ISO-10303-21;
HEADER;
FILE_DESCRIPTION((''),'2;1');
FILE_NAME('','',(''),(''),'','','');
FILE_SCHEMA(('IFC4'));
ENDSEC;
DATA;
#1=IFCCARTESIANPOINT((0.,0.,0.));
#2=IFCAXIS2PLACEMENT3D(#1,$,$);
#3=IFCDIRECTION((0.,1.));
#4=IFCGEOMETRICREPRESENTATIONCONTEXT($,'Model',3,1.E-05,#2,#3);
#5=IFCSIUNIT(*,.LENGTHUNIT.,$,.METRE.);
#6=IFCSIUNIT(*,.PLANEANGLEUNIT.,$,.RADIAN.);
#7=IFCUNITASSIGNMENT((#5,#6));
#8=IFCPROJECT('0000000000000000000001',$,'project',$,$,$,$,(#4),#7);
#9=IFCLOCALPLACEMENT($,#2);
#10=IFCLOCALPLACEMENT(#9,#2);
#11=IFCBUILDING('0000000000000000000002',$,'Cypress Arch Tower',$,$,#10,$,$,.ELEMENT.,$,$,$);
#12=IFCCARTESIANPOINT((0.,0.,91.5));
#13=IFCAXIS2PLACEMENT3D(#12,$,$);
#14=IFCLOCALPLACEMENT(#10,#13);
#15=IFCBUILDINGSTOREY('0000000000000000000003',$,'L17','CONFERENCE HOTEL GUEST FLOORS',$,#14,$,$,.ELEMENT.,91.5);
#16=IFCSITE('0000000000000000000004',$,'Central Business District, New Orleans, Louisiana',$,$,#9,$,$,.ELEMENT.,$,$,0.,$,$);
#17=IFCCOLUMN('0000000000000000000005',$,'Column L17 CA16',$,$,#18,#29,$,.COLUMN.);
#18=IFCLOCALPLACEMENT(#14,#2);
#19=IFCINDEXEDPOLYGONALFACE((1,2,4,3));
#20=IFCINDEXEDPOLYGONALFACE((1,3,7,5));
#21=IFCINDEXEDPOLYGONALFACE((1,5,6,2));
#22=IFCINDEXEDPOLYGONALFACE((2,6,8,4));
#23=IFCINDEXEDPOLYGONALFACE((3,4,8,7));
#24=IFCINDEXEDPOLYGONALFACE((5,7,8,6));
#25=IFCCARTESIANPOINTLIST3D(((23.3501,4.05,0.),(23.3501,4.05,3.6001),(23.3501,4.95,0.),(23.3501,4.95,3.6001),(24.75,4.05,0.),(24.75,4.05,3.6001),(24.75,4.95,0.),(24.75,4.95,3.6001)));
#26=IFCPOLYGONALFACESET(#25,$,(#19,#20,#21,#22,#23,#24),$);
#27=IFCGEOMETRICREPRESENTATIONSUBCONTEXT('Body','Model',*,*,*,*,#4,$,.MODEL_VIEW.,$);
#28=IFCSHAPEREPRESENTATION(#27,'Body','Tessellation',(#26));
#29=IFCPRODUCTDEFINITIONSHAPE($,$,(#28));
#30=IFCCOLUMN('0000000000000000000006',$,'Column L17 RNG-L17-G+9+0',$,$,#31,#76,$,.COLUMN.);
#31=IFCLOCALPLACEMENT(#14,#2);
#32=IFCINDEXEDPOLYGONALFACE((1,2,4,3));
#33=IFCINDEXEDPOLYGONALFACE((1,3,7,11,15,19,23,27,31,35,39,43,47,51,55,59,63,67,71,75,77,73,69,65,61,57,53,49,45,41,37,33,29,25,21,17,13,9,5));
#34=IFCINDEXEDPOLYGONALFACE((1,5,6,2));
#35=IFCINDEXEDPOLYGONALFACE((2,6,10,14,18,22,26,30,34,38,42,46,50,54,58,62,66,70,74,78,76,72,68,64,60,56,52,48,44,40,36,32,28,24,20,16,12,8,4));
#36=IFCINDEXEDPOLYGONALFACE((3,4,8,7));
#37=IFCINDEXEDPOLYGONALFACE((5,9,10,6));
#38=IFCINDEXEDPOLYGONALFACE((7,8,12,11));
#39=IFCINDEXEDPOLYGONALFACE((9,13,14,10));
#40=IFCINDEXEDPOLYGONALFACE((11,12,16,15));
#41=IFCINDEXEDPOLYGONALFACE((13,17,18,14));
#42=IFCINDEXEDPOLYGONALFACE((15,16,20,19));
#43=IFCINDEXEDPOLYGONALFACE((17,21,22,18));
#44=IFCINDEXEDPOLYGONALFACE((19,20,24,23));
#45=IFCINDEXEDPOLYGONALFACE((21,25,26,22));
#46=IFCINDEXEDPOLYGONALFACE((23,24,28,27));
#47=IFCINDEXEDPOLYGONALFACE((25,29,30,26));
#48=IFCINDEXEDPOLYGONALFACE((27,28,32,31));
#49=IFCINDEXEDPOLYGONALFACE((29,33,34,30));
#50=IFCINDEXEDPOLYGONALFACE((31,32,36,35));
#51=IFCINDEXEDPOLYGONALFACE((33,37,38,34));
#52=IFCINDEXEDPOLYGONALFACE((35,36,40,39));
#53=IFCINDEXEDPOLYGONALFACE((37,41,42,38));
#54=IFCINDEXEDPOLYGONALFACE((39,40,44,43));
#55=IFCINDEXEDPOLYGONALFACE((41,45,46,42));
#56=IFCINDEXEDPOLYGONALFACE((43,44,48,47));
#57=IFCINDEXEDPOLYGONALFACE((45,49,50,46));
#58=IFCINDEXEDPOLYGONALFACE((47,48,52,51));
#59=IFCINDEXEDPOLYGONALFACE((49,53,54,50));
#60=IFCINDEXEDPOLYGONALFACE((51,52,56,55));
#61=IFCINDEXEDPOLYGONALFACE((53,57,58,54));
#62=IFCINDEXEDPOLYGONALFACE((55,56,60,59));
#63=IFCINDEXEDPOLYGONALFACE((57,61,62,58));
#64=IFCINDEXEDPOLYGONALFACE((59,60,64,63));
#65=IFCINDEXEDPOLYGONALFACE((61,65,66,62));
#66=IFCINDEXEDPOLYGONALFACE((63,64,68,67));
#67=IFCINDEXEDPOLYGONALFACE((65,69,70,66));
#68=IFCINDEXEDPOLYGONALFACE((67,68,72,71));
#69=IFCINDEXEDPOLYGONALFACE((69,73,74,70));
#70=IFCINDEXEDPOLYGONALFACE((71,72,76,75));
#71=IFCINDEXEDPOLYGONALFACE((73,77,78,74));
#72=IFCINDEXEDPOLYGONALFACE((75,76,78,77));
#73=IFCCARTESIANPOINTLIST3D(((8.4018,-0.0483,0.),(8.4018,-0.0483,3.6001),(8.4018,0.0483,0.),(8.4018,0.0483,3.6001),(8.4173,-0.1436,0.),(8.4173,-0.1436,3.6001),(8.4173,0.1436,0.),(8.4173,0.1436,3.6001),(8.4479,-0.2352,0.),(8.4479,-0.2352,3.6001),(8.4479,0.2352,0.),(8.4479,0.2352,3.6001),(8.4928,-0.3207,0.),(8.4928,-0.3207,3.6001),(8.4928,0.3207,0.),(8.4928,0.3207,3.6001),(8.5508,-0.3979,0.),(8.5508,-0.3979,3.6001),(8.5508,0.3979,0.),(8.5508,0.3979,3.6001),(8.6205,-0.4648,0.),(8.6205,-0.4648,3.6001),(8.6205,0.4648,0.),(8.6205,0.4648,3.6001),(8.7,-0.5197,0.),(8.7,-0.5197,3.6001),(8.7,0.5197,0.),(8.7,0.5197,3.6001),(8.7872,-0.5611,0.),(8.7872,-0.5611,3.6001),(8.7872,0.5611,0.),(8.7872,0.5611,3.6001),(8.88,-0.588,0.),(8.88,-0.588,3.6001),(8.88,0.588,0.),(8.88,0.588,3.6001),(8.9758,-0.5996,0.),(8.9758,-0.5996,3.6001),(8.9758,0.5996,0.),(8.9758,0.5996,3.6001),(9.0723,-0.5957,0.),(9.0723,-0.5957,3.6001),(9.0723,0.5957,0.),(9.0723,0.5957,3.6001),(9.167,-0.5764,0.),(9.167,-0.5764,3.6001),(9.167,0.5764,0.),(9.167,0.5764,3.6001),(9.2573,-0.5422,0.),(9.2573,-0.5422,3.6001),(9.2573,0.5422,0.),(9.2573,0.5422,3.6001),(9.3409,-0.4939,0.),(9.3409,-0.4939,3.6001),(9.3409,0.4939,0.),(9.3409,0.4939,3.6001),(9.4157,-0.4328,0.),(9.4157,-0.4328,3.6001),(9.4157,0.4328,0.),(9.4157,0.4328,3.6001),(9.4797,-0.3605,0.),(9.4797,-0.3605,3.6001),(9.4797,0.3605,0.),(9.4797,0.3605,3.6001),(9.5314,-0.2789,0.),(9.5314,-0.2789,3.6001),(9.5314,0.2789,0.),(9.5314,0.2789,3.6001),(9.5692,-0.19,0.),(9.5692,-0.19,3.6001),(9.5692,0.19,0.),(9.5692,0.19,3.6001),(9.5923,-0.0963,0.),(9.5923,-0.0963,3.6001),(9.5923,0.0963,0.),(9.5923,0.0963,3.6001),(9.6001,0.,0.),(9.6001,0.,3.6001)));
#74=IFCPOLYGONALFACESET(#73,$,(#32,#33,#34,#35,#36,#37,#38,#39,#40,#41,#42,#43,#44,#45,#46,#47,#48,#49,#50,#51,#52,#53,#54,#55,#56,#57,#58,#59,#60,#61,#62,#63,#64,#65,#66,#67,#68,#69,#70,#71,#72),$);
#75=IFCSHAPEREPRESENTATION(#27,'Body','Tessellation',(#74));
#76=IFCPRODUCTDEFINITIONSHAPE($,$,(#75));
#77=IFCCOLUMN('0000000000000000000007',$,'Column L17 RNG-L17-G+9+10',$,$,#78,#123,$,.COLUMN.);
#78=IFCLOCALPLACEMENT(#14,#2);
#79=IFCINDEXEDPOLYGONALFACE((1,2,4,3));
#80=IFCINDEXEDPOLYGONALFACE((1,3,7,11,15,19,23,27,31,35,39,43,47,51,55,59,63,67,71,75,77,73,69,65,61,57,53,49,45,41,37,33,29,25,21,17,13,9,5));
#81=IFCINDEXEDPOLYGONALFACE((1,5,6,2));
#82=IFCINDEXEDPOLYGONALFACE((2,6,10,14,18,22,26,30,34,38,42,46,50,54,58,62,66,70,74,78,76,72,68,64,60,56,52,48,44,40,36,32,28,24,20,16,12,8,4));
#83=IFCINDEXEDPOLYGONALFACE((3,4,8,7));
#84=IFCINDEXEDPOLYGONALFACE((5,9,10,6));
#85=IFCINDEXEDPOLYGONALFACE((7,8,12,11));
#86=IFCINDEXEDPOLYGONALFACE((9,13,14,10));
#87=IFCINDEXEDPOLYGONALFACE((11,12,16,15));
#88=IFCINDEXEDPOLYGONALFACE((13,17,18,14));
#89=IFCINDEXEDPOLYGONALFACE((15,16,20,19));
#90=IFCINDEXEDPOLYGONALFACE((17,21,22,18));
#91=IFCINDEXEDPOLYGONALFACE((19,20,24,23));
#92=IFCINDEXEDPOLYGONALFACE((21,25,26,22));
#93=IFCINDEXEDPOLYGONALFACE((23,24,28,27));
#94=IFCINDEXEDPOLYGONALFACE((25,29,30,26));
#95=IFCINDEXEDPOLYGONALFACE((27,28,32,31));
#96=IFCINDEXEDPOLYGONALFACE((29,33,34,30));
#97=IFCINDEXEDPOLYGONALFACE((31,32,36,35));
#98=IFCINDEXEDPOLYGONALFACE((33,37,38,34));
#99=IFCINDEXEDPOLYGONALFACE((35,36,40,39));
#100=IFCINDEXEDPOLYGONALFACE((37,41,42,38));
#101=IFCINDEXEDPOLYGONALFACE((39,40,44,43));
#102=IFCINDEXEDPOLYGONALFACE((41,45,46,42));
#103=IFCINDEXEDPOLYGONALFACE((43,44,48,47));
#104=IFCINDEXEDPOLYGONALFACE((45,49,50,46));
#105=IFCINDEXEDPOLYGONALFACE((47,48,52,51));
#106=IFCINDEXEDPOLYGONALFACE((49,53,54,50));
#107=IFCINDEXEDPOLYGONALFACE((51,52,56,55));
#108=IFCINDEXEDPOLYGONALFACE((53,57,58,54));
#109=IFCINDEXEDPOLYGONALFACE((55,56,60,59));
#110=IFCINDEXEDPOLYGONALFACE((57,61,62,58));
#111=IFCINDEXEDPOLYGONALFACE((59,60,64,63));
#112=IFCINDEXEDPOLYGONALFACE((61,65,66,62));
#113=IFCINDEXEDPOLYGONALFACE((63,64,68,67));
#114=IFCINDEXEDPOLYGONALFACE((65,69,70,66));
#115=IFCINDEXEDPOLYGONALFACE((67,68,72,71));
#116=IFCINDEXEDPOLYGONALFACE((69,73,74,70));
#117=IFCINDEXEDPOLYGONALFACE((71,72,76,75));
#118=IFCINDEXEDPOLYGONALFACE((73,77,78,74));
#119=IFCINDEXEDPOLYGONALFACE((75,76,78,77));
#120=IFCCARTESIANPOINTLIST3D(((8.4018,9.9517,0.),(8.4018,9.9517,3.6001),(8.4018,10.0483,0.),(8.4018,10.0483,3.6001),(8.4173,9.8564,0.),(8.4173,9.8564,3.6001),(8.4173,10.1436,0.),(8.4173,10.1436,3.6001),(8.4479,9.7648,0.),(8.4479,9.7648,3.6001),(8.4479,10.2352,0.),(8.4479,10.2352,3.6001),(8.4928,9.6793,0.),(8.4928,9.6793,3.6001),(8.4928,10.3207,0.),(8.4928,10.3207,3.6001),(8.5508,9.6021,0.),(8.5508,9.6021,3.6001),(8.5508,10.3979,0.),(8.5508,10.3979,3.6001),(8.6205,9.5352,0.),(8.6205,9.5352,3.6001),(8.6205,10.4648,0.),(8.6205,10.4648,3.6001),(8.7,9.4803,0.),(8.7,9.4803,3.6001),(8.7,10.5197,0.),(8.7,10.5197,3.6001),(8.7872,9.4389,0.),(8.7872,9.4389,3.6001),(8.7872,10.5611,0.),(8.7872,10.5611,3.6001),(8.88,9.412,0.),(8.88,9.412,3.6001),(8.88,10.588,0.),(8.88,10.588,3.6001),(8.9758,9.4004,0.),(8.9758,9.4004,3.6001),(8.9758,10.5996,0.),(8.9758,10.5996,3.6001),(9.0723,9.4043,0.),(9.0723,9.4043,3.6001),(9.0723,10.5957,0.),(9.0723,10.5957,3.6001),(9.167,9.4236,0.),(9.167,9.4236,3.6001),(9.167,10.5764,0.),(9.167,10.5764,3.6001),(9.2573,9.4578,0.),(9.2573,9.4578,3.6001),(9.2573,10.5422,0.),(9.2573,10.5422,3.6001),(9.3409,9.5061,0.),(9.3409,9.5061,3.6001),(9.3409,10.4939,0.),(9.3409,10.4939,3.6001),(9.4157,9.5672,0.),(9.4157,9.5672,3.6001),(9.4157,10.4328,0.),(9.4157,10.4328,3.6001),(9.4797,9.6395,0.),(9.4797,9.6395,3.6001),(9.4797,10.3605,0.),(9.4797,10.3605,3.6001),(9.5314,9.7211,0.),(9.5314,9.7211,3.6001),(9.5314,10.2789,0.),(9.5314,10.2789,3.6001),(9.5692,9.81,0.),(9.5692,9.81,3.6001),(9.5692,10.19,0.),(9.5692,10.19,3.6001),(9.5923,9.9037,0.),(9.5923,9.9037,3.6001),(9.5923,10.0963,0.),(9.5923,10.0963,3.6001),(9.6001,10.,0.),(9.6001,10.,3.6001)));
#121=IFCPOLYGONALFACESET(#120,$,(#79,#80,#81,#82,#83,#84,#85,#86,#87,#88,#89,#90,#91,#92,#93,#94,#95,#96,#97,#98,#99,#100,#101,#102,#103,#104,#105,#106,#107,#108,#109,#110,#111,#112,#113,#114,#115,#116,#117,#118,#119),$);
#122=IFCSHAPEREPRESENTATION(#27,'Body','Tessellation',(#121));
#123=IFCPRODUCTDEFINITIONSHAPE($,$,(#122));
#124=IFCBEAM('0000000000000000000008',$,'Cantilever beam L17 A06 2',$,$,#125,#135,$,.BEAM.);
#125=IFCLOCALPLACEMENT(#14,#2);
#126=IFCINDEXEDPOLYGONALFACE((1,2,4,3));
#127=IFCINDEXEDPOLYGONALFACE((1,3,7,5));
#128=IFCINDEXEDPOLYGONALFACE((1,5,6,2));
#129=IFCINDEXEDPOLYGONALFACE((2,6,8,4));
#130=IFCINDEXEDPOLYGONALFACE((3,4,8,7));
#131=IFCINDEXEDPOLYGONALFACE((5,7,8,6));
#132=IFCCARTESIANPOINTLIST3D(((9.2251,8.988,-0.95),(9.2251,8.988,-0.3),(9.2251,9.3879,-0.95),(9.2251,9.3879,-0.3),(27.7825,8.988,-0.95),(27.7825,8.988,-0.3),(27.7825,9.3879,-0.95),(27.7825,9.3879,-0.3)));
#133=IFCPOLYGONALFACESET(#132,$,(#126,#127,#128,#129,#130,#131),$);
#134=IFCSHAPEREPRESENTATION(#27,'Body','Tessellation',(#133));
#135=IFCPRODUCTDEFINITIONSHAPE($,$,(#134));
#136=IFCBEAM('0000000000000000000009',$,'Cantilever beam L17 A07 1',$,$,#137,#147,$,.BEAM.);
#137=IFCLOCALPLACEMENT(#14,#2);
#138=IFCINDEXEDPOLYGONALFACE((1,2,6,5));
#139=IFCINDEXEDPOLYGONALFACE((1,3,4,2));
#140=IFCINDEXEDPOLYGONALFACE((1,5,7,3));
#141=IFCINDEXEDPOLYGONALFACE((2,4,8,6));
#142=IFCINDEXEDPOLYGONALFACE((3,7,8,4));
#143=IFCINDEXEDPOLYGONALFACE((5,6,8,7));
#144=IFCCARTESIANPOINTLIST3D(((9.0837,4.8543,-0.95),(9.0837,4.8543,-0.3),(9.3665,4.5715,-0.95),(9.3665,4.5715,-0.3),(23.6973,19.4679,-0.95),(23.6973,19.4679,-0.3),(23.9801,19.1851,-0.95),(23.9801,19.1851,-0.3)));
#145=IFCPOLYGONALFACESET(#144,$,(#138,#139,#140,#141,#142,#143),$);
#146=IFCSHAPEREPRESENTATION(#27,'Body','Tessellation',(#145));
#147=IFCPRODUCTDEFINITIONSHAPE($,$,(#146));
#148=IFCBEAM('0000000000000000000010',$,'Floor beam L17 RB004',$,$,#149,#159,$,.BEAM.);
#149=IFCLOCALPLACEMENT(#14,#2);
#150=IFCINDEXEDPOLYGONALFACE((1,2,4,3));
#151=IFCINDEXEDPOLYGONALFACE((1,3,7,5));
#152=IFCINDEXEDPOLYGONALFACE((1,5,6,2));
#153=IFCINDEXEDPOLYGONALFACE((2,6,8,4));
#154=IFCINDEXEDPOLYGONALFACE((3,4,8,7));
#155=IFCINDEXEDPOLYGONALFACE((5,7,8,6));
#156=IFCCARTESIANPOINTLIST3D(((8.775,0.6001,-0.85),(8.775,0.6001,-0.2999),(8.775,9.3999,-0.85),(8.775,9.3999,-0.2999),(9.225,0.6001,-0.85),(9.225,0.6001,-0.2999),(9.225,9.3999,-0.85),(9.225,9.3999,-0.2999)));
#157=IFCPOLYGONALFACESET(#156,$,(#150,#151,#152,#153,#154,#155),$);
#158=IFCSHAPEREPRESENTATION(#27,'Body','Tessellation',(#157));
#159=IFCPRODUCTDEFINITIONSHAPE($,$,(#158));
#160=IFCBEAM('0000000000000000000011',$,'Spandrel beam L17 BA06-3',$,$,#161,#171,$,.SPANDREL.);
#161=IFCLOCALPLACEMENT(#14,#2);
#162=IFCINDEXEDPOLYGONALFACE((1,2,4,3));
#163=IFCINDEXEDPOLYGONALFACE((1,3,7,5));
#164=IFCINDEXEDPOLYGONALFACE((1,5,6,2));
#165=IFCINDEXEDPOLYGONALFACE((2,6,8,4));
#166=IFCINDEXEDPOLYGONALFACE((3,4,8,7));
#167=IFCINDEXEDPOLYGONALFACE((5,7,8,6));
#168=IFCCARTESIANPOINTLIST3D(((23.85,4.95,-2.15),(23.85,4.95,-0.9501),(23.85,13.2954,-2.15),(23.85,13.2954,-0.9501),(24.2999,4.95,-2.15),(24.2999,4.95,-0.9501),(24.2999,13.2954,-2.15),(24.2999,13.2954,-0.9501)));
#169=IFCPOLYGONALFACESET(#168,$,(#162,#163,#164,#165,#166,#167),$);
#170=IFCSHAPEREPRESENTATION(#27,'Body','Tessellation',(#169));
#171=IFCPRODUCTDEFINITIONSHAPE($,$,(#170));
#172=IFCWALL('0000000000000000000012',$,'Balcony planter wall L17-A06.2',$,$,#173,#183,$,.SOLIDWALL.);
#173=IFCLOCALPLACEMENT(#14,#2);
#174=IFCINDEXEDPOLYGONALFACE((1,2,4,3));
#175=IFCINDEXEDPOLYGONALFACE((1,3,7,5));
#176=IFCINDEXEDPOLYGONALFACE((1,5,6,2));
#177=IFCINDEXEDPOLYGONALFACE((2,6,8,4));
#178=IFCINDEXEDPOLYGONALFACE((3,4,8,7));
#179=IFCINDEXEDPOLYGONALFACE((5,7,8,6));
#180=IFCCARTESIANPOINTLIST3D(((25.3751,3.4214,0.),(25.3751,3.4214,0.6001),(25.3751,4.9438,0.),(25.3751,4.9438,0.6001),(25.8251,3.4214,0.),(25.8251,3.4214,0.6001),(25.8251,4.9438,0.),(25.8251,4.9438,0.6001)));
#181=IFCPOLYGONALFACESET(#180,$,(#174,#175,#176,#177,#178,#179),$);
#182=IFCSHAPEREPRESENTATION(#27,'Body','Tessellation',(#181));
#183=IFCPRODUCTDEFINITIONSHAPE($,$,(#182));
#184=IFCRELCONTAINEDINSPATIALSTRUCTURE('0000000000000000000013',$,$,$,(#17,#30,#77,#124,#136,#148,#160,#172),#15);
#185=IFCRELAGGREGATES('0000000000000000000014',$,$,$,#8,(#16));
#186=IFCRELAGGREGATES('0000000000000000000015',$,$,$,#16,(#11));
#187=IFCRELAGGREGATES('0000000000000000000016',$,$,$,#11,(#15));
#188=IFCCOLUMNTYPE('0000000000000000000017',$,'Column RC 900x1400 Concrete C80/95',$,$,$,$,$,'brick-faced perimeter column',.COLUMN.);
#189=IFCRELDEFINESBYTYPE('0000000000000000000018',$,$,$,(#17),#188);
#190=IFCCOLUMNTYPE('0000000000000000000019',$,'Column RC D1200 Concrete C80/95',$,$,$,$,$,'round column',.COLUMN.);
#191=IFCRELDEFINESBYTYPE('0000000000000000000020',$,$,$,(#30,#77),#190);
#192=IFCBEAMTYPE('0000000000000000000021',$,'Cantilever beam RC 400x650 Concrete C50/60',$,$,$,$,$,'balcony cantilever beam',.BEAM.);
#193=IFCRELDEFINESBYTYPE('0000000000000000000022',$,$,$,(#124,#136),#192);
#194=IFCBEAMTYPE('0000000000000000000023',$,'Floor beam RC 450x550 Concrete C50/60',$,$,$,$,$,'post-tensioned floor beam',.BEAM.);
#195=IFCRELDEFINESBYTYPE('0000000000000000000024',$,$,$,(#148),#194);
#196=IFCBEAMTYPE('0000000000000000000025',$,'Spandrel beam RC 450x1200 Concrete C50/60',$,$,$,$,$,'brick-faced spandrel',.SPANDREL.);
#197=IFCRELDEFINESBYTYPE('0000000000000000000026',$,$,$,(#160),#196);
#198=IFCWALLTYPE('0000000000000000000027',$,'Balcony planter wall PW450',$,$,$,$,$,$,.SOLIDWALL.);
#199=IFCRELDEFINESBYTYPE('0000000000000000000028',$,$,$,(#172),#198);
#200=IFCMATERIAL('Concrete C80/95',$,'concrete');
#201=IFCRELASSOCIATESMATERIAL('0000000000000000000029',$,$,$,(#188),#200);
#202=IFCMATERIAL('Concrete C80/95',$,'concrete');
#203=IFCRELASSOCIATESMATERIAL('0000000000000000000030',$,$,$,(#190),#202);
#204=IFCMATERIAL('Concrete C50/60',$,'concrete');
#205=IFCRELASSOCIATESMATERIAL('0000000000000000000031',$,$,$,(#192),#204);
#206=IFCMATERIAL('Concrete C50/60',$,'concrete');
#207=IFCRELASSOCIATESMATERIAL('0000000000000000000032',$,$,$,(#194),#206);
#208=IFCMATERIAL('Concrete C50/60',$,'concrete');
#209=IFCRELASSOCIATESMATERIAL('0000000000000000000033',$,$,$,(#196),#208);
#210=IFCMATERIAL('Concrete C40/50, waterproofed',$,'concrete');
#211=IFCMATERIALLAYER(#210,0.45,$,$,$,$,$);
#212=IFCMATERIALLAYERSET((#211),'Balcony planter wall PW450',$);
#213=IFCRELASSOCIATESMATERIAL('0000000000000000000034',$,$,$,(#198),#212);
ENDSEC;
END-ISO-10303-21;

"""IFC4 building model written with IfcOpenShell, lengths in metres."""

from ifc_helpers import new_model, si_unit, direction, frame, frame_2d, origin, origin_2d, place, context, subcontext, project, spatial, rectangle, circle, extrude, material, layer, layer_set, material_profile, profile_set, type_object, element, save


model = new_model("IFC4")

# Units and contexts
model_context = context("Model", 3, precision=1e-05, world=origin(), true_north=direction((0.0, 1.0)))
body_context = subcontext(model_context, "Body", "Model", "MODEL_VIEW")
ifc_project = project(units=[si_unit("LENGTHUNIT", "METRE"), si_unit("PLANEANGLEUNIT", "RADIAN")], contexts=[model_context])

# Site, building, storey
site_placement = place(None, origin())
site = spatial("IfcSite", under=ifc_project, at=site_placement, Name="Central Business District, New Orleans, Louisiana", CompositionType="ELEMENT", RefElevation=0.0)
building_placement = place(site_placement, origin())
building = spatial("IfcBuilding", under=site, at=building_placement, Name="Cypress Arch Tower", CompositionType="ELEMENT")
storey_placement = place(building_placement, frame((0.0, 0.0, 91.5)))
storey = spatial("IfcBuildingStorey", under=building, at=storey_placement, Name="L17", Description="CONFERENCE HOTEL GUEST FLOORS", CompositionType="ELEMENT", Elevation=91.5)

# Columns
ifc_material_1 = material(Name="Concrete C80/95", Category="concrete")
ifc_material_profile_1 = material_profile(ifc_material_1, rectangle(XDim=0.8999, YDim=1.3999, at=origin_2d()), Name="RC 900x1400")
ifc_profile_set_1 = profile_set([ifc_material_profile_1], Name="Concrete C80/95")
column_type_1 = type_object("IfcColumnType", Name="Column RC 900x1400 Concrete C80/95", ElementType="brick-faced perimeter column", PredefinedType="COLUMN", material=ifc_profile_set_1)
column_placement = place(storey_placement, frame((24.05, 4.5, 0.0), z_axis=(0.0, 0.0, 1.0), x_axis=(0.0, 1.0, 0.0)))
element("IfcColumn", 1, at=column_placement, inside=storey, type_object=column_type_1, Name="Column L17 CA16", PredefinedType="COLUMN", context=body_context, shape_type="SweptSolid", body=[
    extrude(rectangle(XDim=0.8999, YDim=1.3999, at=origin_2d()), origin(), (0.0, 0.0, 1.0), 3.6001),
])
ifc_material_2 = material(Name="Concrete C80/95", Category="concrete")
ifc_material_profile_2 = material_profile(ifc_material_2, circle(Radius=0.6001, at=origin_2d()), Name="RC D1200")
ifc_profile_set_2 = profile_set([ifc_material_profile_2], Name="Concrete C80/95")
column_type_2 = type_object("IfcColumnType", Name="Column RC D1200 Concrete C80/95", ElementType="round column", PredefinedType="COLUMN", material=ifc_profile_set_2)
for number, where, z_axis, x_axis, name in (
    (2, (9.0, 0.0, 0.0), (0.0, 0.0, 1.0), (1.0, 0.0, 0.0), "Column L17 RNG-L17-G+9+0"),
    (3, (9.0, 10.0, 0.0), (0.0, 0.0, 1.0), (1.0, 0.0, 0.0), "Column L17 RNG-L17-G+9+10"),
):
    element("IfcColumn", number, at=place(storey_placement, frame(where, z_axis=z_axis, x_axis=x_axis)), inside=storey, type_object=column_type_2, Name=name, PredefinedType="COLUMN", context=body_context, shape_type="SweptSolid", body=[
        extrude(circle(Radius=0.6001, at=origin_2d()), origin(), (0.0, 0.0, 1.0), 3.6001),
    ])

# Beams
ifc_material_3 = material(Name="Concrete C50/60", Category="concrete")
ifc_material_profile_3 = material_profile(ifc_material_3, rectangle(XDim=0.3999, YDim=0.6499, at=origin_2d()), Name="RC 400x650")
ifc_profile_set_3 = profile_set([ifc_material_profile_3], Name="Concrete C50/60")
beam_type_1 = type_object("IfcBeamType", Name="Cantilever beam RC 400x650 Concrete C50/60", ElementType="balcony cantilever beam", PredefinedType="BEAM", material=ifc_profile_set_3)
beam_1_placement = place(storey_placement, frame((9.2251, 9.188, -0.625), z_axis=(1.0, 0.0, 0.0), x_axis=(0.0, 1.0, 0.0)))
element("IfcBeam", 4, at=beam_1_placement, inside=storey, type_object=beam_type_1, Name="Cantilever beam L17 A06 2", PredefinedType="BEAM", context=body_context, shape_type="SweptSolid", body=[
    extrude(rectangle(XDim=0.3999, YDim=0.6499, at=origin_2d()), origin(), (0.0, 0.0, 1.0), 18.5574),
])
beam_2_placement = place(storey_placement, frame((9.2251, 4.7129, -0.625), z_axis=(0.707107, 0.707107, 0.0), x_axis=(-0.707107, 0.707107, 0.0)))
element("IfcBeam", 5, at=beam_2_placement, inside=storey, type_object=beam_type_1, Name="Cantilever beam L17 A07 1", PredefinedType="BEAM", context=body_context, shape_type="SweptSolid", body=[
    extrude(rectangle(XDim=0.3999, YDim=0.6499, at=origin_2d()), origin(), (0.0, 0.0, 1.0), 20.6667),
])
ifc_material_4 = material(Name="Concrete C50/60", Category="concrete")
ifc_material_profile_4 = material_profile(ifc_material_4, rectangle(XDim=0.45, YDim=0.55, at=origin_2d()), Name="RC 450x550")
ifc_profile_set_4 = profile_set([ifc_material_profile_4], Name="Concrete C50/60")
beam_type_2 = type_object("IfcBeamType", Name="Floor beam RC 450x550 Concrete C50/60", ElementType="post-tensioned floor beam", PredefinedType="BEAM", material=ifc_profile_set_4)
beam_3_placement = place(storey_placement, frame((9.0, 0.6001, -0.575), z_axis=(0.0, 1.0, 0.0), x_axis=(-1.0, 0.0, 0.0)))
element("IfcBeam", 6, at=beam_3_placement, inside=storey, type_object=beam_type_2, Name="Floor beam L17 RB004", PredefinedType="BEAM", context=body_context, shape_type="SweptSolid", body=[
    extrude(rectangle(XDim=0.45, YDim=0.55, at=origin_2d()), origin(), (0.0, 0.0, 1.0), 8.7998),
])
ifc_material_5 = material(Name="Concrete C50/60", Category="concrete")
ifc_material_profile_5 = material_profile(ifc_material_5, rectangle(XDim=0.45, YDim=1.2, at=origin_2d()), Name="RC 450x1200")
ifc_profile_set_5 = profile_set([ifc_material_profile_5], Name="Concrete C50/60")
beam_type_3 = type_object("IfcBeamType", Name="Spandrel beam RC 450x1200 Concrete C50/60", ElementType="brick-faced spandrel", PredefinedType="SPANDREL", material=ifc_profile_set_5)
beam_4_placement = place(storey_placement, frame((24.075, 4.95, -1.55), z_axis=(0.0, 1.0, 0.0), x_axis=(-1.0, 0.0, 0.0)))
element("IfcBeam", 7, at=beam_4_placement, inside=storey, type_object=beam_type_3, Name="Spandrel beam L17 BA06-3", PredefinedType="SPANDREL", context=body_context, shape_type="SweptSolid", body=[
    extrude(rectangle(XDim=0.45, YDim=1.2, at=origin_2d()), origin(), (0.0, 0.0, 1.0), 8.3455),
])

# Wall
ifc_material_6 = material(Name="Concrete C40/50, waterproofed", Category="concrete")
ifc_layer_1 = layer(ifc_material_6, 0.45)
ifc_layer_set_1 = layer_set([ifc_layer_1], Name="Balcony planter wall PW450")
wall_type_1 = type_object("IfcWallType", Name="Balcony planter wall PW450", PredefinedType="SOLIDWALL", material=ifc_layer_set_1)
wall_1_placement = place(storey_placement, frame((25.6001, 3.4214, 0.0), z_axis=(0.0, 0.0, 1.0), x_axis=(0.0, 1.0, 0.0)))
element("IfcWall", 8, at=wall_1_placement, inside=storey, type_object=wall_type_1, Name="Balcony planter wall L17-A06.2", PredefinedType="SOLIDWALL", context=body_context, shape_type="SweptSolid", body=[
    extrude(rectangle(XDim=1.5225, YDim=0.45, at=frame_2d((0.7612, 0.0))), origin(), (0.0, 0.0, 1.0), 0.6001),
])

save(model, "model.ifc")
